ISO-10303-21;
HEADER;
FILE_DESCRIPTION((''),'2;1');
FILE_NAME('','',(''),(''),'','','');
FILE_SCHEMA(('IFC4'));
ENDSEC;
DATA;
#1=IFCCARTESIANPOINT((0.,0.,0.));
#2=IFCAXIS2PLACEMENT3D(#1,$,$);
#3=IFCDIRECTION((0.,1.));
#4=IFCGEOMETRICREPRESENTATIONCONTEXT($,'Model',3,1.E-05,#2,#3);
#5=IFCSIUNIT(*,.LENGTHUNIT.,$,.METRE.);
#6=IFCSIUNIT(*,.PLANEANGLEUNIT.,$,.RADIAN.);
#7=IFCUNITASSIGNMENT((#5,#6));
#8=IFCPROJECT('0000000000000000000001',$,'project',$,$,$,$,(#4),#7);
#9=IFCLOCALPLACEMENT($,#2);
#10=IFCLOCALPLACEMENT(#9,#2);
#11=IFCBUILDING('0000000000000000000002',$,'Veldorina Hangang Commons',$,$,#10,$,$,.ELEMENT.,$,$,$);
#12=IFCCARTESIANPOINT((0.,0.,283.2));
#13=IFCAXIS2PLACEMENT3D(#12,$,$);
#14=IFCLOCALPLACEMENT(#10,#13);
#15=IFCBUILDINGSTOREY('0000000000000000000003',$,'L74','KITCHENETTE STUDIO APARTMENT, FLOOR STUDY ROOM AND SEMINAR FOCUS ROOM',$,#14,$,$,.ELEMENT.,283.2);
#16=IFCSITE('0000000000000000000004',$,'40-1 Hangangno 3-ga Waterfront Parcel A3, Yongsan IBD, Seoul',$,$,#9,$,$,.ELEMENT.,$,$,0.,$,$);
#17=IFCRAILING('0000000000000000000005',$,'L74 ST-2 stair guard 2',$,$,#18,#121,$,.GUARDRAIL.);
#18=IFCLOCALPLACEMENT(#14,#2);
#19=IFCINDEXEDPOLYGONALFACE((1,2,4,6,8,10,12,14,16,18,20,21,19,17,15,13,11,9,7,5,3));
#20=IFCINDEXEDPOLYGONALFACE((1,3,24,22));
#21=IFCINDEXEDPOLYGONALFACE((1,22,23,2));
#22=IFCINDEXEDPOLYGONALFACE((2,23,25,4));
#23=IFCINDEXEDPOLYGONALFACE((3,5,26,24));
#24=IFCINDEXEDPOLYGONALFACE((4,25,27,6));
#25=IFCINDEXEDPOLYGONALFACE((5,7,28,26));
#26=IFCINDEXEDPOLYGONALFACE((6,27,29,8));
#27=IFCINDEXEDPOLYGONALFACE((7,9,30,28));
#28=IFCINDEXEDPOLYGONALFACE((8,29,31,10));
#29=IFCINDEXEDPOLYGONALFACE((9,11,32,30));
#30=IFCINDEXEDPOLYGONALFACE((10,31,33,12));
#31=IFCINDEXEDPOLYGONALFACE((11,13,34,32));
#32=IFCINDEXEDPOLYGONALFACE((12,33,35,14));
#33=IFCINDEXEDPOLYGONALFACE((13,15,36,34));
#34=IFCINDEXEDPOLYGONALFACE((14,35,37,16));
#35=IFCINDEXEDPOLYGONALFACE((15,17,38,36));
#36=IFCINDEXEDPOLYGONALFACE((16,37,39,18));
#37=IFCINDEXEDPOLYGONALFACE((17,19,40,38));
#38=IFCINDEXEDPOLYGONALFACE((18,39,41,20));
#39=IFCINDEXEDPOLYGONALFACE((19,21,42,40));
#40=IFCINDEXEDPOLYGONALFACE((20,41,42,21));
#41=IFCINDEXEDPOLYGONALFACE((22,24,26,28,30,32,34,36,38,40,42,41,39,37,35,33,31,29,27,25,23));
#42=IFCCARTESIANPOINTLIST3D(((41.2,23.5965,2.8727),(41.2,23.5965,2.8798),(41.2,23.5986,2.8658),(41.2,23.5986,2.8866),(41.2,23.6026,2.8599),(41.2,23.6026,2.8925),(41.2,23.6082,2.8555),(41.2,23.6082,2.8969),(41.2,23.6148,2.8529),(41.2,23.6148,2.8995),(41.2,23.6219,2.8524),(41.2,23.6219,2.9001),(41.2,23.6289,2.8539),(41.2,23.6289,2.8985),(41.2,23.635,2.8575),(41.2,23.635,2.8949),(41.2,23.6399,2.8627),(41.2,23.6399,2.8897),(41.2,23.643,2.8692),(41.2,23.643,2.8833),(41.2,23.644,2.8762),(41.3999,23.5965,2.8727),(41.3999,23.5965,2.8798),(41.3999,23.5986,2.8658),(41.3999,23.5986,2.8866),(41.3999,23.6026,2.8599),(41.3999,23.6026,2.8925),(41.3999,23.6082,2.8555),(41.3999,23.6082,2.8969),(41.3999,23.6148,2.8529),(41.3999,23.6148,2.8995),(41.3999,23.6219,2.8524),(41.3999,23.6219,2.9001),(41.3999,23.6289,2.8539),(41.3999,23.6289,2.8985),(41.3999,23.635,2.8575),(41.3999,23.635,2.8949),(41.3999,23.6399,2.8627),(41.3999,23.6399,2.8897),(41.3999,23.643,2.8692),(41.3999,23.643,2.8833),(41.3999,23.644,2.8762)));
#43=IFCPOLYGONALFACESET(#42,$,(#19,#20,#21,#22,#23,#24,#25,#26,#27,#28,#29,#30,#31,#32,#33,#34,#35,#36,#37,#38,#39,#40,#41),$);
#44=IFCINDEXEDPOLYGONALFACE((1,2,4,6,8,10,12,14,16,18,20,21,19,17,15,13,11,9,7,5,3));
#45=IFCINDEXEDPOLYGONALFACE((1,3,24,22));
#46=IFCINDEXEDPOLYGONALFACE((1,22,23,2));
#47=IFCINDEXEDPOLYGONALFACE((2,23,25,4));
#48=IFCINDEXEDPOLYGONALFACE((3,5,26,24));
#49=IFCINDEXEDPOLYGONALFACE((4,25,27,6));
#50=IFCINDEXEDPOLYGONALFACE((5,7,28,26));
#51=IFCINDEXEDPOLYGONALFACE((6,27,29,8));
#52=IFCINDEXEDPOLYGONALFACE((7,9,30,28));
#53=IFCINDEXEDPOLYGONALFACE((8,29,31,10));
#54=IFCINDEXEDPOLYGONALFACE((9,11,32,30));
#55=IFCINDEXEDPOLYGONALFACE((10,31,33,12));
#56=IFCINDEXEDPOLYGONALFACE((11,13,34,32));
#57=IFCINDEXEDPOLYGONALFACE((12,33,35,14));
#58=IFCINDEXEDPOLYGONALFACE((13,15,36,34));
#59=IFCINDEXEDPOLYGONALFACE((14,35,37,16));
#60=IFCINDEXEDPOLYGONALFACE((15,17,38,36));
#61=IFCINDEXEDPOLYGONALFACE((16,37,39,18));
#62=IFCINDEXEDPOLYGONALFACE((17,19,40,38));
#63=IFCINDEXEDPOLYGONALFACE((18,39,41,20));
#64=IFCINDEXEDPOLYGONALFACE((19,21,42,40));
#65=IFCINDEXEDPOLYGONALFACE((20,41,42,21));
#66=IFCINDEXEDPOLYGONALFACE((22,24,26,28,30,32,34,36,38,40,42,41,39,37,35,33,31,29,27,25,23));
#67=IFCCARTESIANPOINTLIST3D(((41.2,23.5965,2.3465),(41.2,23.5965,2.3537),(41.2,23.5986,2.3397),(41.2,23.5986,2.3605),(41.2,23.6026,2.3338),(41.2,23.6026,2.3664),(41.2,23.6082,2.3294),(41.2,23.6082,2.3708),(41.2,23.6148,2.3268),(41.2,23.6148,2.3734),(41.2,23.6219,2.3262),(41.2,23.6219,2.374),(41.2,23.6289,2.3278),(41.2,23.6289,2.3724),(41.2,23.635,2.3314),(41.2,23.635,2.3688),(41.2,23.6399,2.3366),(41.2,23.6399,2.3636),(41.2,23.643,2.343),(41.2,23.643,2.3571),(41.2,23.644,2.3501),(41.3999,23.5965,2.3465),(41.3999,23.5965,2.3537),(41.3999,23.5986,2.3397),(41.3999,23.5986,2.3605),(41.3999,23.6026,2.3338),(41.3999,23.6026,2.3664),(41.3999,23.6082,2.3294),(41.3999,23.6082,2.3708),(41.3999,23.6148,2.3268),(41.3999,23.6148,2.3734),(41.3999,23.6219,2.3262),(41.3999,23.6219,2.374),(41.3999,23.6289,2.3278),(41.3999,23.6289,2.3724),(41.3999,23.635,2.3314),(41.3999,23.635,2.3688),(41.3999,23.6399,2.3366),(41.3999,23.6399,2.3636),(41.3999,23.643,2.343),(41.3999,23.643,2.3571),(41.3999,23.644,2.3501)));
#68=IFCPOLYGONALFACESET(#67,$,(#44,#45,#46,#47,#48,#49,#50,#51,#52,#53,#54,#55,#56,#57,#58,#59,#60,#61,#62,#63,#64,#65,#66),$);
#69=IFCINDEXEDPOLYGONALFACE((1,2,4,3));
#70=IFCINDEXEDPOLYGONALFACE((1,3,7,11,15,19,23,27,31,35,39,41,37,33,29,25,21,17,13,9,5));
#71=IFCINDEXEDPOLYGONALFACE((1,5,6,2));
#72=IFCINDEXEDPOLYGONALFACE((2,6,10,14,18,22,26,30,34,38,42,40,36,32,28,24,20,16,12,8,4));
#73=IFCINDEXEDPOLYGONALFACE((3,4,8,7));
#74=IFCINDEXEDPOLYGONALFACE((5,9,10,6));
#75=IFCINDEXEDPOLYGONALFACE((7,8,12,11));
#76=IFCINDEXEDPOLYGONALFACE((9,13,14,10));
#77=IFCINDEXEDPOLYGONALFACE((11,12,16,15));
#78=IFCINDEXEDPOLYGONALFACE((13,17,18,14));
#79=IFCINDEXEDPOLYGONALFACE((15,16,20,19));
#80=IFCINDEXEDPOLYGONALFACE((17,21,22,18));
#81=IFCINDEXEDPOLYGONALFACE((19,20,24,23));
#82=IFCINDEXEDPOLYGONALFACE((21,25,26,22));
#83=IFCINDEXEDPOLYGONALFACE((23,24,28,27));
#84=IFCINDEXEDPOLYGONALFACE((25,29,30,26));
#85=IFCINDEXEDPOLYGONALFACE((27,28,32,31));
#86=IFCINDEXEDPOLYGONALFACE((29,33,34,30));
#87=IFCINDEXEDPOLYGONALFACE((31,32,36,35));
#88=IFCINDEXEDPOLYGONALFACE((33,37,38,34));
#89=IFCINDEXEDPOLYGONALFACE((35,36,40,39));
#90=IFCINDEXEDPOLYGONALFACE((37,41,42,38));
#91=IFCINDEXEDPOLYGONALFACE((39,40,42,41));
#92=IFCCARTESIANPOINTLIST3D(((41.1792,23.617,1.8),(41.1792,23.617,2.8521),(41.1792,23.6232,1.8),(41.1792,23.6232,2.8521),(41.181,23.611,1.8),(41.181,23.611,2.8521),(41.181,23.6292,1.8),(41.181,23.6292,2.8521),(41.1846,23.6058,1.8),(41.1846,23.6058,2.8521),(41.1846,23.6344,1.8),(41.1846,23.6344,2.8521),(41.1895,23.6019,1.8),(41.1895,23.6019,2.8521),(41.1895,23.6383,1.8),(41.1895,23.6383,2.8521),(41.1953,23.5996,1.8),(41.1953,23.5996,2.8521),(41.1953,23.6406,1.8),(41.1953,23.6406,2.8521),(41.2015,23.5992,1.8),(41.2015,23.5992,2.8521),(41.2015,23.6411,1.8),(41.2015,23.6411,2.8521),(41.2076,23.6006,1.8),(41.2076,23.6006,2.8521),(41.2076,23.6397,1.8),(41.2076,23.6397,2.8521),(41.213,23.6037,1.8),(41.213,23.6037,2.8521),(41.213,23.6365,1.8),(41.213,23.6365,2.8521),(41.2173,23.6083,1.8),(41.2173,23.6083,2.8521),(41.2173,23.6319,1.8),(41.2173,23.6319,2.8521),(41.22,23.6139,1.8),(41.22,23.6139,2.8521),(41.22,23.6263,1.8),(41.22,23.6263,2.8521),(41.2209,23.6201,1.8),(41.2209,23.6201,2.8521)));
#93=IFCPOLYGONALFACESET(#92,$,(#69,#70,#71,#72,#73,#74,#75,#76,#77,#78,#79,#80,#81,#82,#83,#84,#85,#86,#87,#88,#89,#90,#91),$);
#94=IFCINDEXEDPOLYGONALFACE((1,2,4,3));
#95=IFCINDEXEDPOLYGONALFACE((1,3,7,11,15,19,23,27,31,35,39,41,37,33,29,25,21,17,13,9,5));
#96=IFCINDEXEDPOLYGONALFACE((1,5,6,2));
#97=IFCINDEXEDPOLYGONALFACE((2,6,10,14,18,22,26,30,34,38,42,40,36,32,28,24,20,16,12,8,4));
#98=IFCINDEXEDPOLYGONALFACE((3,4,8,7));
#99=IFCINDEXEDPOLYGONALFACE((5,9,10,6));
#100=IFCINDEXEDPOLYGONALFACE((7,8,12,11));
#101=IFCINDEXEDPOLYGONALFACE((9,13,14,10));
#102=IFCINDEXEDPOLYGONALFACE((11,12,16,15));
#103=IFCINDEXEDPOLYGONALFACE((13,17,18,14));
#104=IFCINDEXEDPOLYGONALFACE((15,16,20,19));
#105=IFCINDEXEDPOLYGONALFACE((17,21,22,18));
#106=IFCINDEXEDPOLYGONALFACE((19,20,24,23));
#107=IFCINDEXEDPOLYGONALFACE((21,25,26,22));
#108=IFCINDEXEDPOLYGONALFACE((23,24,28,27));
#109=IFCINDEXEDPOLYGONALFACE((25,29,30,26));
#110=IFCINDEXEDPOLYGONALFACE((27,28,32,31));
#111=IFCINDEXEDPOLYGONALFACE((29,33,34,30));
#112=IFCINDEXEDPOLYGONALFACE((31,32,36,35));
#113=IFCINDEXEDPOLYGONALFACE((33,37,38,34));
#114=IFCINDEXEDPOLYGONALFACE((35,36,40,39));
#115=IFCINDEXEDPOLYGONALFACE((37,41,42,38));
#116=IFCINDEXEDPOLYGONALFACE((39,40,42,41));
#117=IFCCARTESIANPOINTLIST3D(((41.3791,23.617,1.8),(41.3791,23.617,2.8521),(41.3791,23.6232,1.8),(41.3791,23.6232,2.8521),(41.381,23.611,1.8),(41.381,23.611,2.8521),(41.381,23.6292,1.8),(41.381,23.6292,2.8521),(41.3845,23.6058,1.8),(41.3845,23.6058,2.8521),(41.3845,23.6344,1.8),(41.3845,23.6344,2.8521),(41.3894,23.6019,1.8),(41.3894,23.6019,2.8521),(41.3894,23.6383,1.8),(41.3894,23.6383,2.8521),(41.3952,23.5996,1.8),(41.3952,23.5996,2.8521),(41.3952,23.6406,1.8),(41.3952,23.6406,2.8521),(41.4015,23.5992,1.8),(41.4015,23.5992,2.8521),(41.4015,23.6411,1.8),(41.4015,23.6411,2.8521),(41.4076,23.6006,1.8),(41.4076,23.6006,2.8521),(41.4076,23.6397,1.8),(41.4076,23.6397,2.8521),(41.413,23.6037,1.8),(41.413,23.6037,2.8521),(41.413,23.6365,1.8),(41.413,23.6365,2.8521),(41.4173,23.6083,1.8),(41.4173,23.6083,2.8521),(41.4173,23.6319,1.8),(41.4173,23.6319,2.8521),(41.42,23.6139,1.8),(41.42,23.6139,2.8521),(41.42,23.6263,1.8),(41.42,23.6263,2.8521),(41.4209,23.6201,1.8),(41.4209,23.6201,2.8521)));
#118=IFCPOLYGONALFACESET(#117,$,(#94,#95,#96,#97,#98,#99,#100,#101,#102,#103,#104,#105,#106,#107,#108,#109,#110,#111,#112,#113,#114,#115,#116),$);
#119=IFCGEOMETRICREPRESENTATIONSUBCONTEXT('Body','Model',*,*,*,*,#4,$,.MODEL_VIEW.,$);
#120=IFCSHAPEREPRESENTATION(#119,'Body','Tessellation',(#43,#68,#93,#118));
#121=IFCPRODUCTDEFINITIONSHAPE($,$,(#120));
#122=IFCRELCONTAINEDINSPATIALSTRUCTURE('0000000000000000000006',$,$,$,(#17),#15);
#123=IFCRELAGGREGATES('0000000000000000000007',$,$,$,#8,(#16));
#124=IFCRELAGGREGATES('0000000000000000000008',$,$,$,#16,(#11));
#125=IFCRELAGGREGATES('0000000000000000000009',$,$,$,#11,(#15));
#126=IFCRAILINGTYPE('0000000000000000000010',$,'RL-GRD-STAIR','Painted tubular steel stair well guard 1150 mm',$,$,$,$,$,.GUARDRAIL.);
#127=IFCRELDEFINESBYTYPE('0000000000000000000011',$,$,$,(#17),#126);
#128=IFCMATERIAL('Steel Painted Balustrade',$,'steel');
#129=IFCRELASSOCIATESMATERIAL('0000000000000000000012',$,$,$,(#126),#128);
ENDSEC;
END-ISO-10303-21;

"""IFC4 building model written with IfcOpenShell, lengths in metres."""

from ifc_helpers import new_model, si_unit, direction, frame, origin, origin_2d, place, context, subcontext, project, spatial, circle, extrude, material, type_object, element, save


model = new_model("IFC4")

# Units and contexts
model_context = context("Model", 3, precision=1e-05, world=origin(), true_north=direction((0.0, 1.0)))
body_context = subcontext(model_context, "Body", "Model", "MODEL_VIEW")
ifc_project = project(units=[si_unit("LENGTHUNIT", "METRE"), si_unit("PLANEANGLEUNIT", "RADIAN")], contexts=[model_context])

# Site, building, storey
site_placement = place(None, origin())
site = spatial("IfcSite", under=ifc_project, at=site_placement, Name="40-1 Hangangno 3-ga Waterfront Parcel A3, Yongsan IBD, Seoul", CompositionType="ELEMENT", RefElevation=0.0)
building_placement = place(site_placement, origin())
building = spatial("IfcBuilding", under=site, at=building_placement, Name="Veldorina Hangang Commons", CompositionType="ELEMENT")
storey_placement = place(building_placement, frame((0.0, 0.0, 283.2)))
storey = spatial("IfcBuildingStorey", under=building, at=storey_placement, Name="L74", Description="KITCHENETTE STUDIO APARTMENT, FLOOR STUDY ROOM AND SEMINAR FOCUS ROOM", CompositionType="ELEMENT", Elevation=283.2)

# Railing
ifc_material_1 = material(Name="Steel Painted Balustrade", Category="steel")
railing_type_1 = type_object("IfcRailingType", Name="RL-GRD-STAIR", Description="Painted tubular steel stair well guard 1150 mm", PredefinedType="GUARDRAIL", material=ifc_material_1)
railing_1_placement = place(storey_placement, frame((41.2, 23.6201, 1.8)))
element("IfcRailing", 1, at=railing_1_placement, inside=storey, type_object=railing_type_1, Name="L74 ST-2 stair guard 2", PredefinedType="GUARDRAIL", context=body_context, shape_type="SweptSolid", body=[
    extrude(circle(Radius=0.0239, at=origin_2d()), frame((0.0, 0.0, 1.0762), z_axis=(1.0, 0.0, 0.0), x_axis=(0.0, 1.0, 0.0)), (0.0, 0.0, 1.0), 0.2),
    extrude(circle(Radius=0.0239, at=origin_2d()), frame((0.0, 0.0, 0.55), z_axis=(1.0, 0.0, 0.0), x_axis=(0.0, 1.0, 0.0)), (0.0, 0.0, 1.0), 0.2),
    extrude(circle(Radius=0.021, at=origin_2d()), origin(), (0.0, 0.0, 1.0), 1.052),
    extrude(circle(Radius=0.021, at=origin_2d()), frame((0.2, 0.0, 0.0)), (0.0, 0.0, 1.0), 1.052),
])

save(model, "model.ifc")
